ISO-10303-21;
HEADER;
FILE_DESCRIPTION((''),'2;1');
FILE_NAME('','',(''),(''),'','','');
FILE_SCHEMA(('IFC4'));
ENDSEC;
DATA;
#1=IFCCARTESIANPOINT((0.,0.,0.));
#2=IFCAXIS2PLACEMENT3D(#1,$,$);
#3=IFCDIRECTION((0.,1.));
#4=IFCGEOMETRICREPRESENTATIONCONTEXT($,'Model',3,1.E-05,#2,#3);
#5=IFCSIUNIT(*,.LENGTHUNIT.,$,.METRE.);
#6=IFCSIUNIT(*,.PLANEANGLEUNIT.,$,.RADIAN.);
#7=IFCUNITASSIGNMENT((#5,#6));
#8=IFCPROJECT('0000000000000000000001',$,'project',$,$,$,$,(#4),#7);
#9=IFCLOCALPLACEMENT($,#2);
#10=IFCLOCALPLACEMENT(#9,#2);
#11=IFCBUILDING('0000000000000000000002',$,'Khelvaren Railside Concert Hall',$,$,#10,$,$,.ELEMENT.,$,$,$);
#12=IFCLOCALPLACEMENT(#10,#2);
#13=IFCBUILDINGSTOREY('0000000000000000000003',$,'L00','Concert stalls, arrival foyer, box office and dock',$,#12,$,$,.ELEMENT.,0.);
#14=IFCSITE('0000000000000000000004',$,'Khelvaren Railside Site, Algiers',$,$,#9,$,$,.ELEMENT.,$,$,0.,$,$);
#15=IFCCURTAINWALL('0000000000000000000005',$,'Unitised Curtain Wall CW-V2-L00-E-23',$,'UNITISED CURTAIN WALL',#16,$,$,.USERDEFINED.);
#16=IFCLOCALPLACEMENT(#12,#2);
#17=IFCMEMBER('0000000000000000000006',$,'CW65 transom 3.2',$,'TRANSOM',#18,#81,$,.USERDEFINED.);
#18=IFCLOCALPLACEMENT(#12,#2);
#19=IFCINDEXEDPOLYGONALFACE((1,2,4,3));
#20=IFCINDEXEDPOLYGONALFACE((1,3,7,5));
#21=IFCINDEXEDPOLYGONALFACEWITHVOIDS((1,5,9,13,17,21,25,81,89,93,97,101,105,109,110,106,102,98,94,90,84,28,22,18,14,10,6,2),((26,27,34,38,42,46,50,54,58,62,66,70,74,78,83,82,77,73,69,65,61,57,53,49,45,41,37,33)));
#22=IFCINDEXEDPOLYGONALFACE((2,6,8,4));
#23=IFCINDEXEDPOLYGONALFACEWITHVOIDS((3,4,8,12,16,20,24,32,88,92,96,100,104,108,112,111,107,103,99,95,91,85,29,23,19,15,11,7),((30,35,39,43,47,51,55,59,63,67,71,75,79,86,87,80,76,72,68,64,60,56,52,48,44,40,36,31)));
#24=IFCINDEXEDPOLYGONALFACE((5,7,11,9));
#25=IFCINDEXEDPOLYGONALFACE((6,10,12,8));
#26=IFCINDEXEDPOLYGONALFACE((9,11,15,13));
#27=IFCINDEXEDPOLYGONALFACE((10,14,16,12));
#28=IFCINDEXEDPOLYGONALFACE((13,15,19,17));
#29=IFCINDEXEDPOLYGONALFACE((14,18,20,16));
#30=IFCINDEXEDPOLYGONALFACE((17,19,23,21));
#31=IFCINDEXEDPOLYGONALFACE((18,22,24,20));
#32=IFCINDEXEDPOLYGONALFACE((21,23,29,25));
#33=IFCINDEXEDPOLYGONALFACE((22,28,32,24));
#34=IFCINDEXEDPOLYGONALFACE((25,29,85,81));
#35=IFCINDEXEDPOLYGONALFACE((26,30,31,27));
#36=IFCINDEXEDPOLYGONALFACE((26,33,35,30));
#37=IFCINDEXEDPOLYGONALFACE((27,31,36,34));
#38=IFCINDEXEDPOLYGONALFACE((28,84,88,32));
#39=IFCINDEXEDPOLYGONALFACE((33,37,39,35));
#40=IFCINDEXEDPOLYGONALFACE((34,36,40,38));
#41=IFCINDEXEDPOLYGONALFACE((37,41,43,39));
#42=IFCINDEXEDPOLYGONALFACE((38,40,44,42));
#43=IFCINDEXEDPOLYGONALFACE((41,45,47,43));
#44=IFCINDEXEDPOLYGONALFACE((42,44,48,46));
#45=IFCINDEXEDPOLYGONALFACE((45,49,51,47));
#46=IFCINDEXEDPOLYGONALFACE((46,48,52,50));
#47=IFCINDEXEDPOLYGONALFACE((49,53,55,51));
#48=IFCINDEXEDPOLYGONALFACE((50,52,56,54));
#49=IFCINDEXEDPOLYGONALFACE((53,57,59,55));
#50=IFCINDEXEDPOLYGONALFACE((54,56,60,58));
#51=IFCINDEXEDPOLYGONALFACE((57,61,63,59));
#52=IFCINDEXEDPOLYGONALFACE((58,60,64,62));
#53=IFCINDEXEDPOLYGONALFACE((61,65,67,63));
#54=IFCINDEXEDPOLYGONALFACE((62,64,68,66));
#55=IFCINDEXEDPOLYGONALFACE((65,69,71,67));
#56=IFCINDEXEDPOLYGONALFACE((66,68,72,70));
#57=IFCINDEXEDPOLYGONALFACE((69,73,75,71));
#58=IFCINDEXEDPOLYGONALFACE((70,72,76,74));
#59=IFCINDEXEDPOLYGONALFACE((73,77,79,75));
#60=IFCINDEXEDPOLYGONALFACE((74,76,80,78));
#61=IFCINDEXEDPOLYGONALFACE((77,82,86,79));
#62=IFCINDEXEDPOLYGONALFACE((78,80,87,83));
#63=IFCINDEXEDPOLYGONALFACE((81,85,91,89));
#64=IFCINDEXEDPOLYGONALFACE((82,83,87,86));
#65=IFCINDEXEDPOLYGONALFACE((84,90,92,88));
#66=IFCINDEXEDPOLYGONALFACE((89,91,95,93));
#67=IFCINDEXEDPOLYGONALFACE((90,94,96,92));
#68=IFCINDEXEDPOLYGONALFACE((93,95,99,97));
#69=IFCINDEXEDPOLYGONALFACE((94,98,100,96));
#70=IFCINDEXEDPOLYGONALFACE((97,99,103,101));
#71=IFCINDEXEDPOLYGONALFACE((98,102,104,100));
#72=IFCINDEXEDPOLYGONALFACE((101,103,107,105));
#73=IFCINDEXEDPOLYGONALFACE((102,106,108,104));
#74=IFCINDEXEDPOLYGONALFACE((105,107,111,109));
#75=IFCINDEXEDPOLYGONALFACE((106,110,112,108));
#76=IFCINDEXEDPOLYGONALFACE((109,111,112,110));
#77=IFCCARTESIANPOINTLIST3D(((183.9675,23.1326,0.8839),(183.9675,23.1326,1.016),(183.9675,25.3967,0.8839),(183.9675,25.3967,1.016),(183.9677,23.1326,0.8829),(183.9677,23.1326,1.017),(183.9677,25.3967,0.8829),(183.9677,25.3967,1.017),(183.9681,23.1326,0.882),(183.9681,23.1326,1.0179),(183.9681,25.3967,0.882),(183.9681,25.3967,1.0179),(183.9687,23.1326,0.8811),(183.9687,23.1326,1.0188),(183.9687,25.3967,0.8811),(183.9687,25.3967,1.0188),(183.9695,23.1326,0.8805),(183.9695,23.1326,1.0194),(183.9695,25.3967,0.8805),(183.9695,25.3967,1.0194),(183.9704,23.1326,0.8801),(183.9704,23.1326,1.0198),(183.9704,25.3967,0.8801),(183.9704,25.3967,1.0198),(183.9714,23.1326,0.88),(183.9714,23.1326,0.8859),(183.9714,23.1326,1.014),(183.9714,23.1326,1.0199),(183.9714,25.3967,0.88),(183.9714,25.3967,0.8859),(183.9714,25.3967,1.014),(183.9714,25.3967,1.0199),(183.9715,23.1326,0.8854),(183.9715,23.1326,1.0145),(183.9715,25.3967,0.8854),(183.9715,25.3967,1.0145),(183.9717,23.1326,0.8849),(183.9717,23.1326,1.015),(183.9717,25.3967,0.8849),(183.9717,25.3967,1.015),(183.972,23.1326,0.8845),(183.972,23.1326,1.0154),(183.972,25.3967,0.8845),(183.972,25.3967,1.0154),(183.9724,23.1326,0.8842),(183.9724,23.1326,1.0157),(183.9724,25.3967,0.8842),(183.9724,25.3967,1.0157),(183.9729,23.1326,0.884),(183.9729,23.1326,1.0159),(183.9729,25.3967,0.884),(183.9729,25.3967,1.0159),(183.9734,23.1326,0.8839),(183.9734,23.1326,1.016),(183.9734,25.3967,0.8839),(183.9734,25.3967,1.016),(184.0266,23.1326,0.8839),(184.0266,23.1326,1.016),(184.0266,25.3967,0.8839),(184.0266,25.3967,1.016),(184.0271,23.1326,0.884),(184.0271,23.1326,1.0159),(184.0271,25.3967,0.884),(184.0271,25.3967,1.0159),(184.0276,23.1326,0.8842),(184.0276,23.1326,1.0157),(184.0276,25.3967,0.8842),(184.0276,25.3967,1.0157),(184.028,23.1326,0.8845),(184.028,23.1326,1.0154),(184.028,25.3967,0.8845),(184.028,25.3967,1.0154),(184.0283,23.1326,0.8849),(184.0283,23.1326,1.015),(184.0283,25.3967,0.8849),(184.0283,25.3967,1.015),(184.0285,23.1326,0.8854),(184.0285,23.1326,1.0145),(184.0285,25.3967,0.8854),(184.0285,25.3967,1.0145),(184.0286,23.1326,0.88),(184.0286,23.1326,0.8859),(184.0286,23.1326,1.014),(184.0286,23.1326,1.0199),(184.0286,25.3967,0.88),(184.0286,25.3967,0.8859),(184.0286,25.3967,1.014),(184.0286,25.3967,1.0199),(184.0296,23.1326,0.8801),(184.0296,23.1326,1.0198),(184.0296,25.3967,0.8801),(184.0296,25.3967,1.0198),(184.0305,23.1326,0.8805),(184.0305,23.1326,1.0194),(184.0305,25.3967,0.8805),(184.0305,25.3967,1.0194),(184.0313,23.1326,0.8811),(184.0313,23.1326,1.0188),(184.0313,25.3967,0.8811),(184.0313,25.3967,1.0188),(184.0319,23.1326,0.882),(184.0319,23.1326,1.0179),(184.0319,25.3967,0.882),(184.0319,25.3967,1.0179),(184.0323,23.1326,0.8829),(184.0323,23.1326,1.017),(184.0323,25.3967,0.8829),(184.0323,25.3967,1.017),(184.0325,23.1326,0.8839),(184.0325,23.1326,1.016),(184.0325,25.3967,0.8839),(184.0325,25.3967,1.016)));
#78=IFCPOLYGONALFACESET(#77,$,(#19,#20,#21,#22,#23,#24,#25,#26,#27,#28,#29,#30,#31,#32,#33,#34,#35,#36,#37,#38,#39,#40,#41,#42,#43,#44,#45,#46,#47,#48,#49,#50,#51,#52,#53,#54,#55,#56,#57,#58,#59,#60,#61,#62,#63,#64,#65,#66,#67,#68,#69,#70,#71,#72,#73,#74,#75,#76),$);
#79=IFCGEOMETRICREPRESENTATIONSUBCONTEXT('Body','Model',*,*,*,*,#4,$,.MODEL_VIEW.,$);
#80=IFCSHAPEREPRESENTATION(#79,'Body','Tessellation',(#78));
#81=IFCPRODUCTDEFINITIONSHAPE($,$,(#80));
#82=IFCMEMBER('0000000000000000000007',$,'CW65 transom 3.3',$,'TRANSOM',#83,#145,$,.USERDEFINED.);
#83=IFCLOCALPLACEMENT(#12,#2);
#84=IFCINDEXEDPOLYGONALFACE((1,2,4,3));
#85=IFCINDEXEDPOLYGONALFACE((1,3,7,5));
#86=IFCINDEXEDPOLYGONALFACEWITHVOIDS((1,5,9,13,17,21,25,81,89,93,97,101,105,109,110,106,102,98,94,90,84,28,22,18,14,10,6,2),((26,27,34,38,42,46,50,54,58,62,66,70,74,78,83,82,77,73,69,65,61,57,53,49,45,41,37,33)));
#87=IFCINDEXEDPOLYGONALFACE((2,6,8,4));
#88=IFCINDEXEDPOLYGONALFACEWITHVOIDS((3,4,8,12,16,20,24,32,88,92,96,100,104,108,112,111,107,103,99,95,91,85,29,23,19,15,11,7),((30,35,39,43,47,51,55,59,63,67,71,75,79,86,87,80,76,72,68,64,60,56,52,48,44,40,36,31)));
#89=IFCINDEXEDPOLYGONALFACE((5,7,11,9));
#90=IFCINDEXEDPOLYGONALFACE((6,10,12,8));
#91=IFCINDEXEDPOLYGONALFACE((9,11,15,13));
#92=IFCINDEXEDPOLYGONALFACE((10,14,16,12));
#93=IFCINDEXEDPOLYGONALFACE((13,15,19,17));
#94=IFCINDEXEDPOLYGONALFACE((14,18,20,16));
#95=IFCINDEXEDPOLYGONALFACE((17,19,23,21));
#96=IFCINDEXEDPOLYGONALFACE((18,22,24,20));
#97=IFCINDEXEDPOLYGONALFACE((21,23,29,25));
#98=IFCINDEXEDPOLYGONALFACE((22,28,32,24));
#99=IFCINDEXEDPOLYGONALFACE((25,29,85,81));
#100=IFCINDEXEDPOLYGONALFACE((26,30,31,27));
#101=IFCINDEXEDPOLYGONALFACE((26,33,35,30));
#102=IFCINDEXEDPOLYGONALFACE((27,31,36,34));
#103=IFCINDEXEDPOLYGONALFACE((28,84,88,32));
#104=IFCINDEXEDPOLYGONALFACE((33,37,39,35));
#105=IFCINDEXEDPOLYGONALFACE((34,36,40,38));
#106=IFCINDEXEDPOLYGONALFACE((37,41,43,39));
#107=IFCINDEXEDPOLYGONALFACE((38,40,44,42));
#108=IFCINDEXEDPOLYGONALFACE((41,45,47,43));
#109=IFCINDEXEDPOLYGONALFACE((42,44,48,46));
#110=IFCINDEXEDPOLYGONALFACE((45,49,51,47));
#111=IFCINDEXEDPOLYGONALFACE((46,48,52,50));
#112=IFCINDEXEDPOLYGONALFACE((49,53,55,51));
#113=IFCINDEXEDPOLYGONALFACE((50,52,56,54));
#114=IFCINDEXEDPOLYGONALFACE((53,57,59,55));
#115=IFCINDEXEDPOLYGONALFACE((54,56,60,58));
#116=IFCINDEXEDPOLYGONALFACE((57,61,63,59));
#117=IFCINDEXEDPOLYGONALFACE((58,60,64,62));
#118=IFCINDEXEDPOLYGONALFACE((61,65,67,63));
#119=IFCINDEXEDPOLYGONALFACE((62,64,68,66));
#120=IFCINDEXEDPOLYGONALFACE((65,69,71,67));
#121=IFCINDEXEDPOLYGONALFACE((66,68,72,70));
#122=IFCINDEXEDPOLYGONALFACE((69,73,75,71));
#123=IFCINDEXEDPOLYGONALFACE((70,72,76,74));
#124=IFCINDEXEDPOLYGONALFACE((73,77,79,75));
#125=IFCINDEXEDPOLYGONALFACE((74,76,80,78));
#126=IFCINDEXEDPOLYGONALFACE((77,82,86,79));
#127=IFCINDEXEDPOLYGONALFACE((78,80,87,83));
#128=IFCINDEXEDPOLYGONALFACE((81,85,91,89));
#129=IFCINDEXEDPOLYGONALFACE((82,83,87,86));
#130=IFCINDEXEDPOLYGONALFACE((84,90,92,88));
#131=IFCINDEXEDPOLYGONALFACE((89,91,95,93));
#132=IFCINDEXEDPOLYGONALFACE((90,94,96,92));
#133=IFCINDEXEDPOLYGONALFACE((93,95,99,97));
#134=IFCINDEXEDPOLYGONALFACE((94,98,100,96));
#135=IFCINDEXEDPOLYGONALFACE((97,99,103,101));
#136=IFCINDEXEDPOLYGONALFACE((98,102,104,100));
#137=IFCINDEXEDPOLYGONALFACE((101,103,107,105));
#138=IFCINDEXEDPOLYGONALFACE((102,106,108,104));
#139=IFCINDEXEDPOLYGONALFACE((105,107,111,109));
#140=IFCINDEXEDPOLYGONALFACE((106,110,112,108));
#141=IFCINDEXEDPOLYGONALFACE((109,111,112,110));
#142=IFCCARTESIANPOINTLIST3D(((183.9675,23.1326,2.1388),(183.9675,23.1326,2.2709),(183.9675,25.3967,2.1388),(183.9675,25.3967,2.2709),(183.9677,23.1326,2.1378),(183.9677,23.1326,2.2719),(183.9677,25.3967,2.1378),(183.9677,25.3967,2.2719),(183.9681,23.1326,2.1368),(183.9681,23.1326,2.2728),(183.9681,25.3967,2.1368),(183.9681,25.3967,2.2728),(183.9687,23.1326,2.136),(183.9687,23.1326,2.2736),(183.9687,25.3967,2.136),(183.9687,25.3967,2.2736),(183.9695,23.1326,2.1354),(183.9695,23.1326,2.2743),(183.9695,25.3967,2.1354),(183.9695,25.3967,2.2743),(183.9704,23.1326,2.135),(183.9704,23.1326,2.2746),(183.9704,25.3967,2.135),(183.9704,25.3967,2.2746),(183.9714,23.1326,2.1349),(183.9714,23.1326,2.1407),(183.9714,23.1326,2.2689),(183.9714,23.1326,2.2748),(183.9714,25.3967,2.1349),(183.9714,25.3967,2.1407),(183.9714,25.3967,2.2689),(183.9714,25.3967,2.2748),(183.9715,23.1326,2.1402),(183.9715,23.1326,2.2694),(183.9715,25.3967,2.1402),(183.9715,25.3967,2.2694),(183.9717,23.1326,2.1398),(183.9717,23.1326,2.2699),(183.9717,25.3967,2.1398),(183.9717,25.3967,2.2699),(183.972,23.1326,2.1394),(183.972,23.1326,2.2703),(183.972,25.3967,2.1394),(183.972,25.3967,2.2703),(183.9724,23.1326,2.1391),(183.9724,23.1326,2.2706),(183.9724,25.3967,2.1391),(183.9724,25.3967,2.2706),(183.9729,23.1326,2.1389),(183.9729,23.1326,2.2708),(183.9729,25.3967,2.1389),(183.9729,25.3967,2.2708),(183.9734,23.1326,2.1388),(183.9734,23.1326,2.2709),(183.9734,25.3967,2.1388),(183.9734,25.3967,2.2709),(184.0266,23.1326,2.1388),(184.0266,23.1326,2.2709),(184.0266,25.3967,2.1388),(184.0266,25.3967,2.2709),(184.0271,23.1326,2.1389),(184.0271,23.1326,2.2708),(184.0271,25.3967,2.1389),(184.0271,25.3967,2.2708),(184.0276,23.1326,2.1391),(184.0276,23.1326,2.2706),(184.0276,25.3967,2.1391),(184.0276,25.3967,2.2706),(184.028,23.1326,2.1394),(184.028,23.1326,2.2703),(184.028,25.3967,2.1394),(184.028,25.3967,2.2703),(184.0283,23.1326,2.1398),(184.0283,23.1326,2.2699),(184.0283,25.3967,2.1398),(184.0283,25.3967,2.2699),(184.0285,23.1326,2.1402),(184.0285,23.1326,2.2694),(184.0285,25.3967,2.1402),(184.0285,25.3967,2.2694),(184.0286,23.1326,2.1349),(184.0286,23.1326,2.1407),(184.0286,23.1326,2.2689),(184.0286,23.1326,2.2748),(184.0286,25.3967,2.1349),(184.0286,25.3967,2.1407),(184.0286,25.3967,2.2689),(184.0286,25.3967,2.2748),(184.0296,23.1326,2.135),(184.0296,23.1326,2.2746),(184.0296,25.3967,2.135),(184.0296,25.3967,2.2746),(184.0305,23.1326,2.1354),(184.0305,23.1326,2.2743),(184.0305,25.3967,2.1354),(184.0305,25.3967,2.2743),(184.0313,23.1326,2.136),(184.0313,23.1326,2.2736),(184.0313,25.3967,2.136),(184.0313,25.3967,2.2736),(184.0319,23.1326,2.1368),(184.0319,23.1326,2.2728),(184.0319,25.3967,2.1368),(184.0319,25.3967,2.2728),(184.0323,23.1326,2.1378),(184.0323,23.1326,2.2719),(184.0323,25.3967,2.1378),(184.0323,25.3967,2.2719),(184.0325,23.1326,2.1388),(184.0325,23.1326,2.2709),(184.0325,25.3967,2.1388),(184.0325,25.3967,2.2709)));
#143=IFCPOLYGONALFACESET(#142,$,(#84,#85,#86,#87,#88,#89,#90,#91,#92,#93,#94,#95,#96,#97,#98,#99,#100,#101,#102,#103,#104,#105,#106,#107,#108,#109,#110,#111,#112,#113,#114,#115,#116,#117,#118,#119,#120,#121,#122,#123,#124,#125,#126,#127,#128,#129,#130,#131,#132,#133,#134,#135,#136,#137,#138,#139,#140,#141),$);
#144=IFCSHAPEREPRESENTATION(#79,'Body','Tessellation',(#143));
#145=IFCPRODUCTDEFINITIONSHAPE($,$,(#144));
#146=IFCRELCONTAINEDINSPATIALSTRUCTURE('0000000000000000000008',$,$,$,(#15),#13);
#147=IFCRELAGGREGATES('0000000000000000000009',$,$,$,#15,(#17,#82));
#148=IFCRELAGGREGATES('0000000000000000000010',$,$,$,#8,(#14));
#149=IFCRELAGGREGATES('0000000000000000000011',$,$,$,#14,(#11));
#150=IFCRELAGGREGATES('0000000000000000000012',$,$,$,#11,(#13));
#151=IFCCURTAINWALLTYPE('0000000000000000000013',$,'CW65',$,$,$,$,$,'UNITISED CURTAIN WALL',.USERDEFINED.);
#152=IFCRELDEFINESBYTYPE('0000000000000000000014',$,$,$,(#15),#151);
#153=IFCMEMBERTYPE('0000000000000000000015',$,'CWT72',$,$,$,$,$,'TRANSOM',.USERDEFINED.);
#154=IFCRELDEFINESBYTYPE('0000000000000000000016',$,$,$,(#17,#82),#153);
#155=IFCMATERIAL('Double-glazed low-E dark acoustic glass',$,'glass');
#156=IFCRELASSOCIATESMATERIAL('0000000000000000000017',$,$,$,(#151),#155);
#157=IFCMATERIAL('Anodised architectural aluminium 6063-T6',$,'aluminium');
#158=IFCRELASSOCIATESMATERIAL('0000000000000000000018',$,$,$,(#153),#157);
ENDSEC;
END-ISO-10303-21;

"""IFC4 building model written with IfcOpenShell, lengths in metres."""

from ifc_helpers import new_model, si_unit, direction, frame, origin, origin_2d, place, context, subcontext, project, spatial, hollow_rectangle, extrude, material, material_profile, profile_set, type_object, element, aggregate, save


model = new_model("IFC4")

# Units and contexts
model_context = context("Model", 3, precision=1e-05, world=origin(), true_north=direction((0.0, 1.0)))
body_context = subcontext(model_context, "Body", "Model", "MODEL_VIEW")
ifc_project = project(units=[si_unit("LENGTHUNIT", "METRE"), si_unit("PLANEANGLEUNIT", "RADIAN")], contexts=[model_context])

# Site, building, storey
site_placement = place(None, origin())
site = spatial("IfcSite", under=ifc_project, at=site_placement, Name="Khelvaren Railside Site, Algiers", CompositionType="ELEMENT", RefElevation=0.0)
building_placement = place(site_placement, origin())
building = spatial("IfcBuilding", under=site, at=building_placement, Name="Khelvaren Railside Concert Hall", CompositionType="ELEMENT")
storey_placement = place(building_placement, origin())
storey = spatial("IfcBuildingStorey", under=building, at=storey_placement, Name="L00", Description="Concert stalls, arrival foyer, box office and dock", CompositionType="ELEMENT", Elevation=0.0)

# Curtain wall
ifc_material_1 = material(Name="Double-glazed low-E dark acoustic glass", Category="glass")
ifc_material_2 = material(Name="Anodised architectural aluminium 6063-T6", Category="aluminium")
curtain_wall_type_1 = type_object("IfcCurtainWallType", Name="CW65", ElementType="UNITISED CURTAIN WALL", PredefinedType="USERDEFINED", material=ifc_material_1)
curtain_wall_1_placement = place(storey_placement, origin())
curtain_wall_1 = element("IfcCurtainWall", 1, at=curtain_wall_1_placement, inside=storey, type_object=curtain_wall_type_1, Name="Unitised Curtain Wall CW-V2-L00-E-23", ObjectType="UNITISED CURTAIN WALL", PredefinedType="USERDEFINED")

# Members
ifc_material_profile_1 = material_profile(ifc_material_2, hollow_rectangle(XDim=0.0649, YDim=0.1399, WallThickness=0.0039, InnerFilletRadius=0.002, OuterFilletRadius=0.0039, at=origin_2d()), Name="CWT 65x140x4")
ifc_profile_set_1 = profile_set([ifc_material_profile_1], Name="Anodised architectural aluminium 6063-T6")
member_type_1 = type_object("IfcMemberType", Name="CWT72", ElementType="TRANSOM", PredefinedType="USERDEFINED", material=ifc_profile_set_1)
member_1_placement = place(storey_placement, frame((184.0, 25.3967, 0.95), z_axis=(0.0, -1.0, 0.0), x_axis=(1.0, 0.0, 0.0)))
member_1 = element("IfcMember", 2, at=member_1_placement, type_object=member_type_1, Name="CW65 transom 3.2", ObjectType="TRANSOM", PredefinedType="USERDEFINED", context=body_context, shape_type="SweptSolid", body=[
    extrude(hollow_rectangle(XDim=0.0649, YDim=0.1399, WallThickness=0.0039, InnerFilletRadius=0.002, OuterFilletRadius=0.0039, at=origin_2d()), origin(), (0.0, 0.0, 1.0), 2.2642),
])
member_2_placement = place(storey_placement, frame((184.0, 25.3967, 2.2048), z_axis=(0.0, -1.0, 0.0), x_axis=(1.0, 0.0, 0.0)))
member_2 = element("IfcMember", 3, at=member_2_placement, type_object=member_type_1, Name="CW65 transom 3.3", ObjectType="TRANSOM", PredefinedType="USERDEFINED", context=body_context, shape_type="SweptSolid", body=[
    extrude(hollow_rectangle(XDim=0.0649, YDim=0.1399, WallThickness=0.0039, InnerFilletRadius=0.002, OuterFilletRadius=0.0039, at=origin_2d()), origin(), (0.0, 0.0, 1.0), 2.2642),
])

aggregate(curtain_wall_1, [member_1, member_2])

save(model, "model.ifc")
